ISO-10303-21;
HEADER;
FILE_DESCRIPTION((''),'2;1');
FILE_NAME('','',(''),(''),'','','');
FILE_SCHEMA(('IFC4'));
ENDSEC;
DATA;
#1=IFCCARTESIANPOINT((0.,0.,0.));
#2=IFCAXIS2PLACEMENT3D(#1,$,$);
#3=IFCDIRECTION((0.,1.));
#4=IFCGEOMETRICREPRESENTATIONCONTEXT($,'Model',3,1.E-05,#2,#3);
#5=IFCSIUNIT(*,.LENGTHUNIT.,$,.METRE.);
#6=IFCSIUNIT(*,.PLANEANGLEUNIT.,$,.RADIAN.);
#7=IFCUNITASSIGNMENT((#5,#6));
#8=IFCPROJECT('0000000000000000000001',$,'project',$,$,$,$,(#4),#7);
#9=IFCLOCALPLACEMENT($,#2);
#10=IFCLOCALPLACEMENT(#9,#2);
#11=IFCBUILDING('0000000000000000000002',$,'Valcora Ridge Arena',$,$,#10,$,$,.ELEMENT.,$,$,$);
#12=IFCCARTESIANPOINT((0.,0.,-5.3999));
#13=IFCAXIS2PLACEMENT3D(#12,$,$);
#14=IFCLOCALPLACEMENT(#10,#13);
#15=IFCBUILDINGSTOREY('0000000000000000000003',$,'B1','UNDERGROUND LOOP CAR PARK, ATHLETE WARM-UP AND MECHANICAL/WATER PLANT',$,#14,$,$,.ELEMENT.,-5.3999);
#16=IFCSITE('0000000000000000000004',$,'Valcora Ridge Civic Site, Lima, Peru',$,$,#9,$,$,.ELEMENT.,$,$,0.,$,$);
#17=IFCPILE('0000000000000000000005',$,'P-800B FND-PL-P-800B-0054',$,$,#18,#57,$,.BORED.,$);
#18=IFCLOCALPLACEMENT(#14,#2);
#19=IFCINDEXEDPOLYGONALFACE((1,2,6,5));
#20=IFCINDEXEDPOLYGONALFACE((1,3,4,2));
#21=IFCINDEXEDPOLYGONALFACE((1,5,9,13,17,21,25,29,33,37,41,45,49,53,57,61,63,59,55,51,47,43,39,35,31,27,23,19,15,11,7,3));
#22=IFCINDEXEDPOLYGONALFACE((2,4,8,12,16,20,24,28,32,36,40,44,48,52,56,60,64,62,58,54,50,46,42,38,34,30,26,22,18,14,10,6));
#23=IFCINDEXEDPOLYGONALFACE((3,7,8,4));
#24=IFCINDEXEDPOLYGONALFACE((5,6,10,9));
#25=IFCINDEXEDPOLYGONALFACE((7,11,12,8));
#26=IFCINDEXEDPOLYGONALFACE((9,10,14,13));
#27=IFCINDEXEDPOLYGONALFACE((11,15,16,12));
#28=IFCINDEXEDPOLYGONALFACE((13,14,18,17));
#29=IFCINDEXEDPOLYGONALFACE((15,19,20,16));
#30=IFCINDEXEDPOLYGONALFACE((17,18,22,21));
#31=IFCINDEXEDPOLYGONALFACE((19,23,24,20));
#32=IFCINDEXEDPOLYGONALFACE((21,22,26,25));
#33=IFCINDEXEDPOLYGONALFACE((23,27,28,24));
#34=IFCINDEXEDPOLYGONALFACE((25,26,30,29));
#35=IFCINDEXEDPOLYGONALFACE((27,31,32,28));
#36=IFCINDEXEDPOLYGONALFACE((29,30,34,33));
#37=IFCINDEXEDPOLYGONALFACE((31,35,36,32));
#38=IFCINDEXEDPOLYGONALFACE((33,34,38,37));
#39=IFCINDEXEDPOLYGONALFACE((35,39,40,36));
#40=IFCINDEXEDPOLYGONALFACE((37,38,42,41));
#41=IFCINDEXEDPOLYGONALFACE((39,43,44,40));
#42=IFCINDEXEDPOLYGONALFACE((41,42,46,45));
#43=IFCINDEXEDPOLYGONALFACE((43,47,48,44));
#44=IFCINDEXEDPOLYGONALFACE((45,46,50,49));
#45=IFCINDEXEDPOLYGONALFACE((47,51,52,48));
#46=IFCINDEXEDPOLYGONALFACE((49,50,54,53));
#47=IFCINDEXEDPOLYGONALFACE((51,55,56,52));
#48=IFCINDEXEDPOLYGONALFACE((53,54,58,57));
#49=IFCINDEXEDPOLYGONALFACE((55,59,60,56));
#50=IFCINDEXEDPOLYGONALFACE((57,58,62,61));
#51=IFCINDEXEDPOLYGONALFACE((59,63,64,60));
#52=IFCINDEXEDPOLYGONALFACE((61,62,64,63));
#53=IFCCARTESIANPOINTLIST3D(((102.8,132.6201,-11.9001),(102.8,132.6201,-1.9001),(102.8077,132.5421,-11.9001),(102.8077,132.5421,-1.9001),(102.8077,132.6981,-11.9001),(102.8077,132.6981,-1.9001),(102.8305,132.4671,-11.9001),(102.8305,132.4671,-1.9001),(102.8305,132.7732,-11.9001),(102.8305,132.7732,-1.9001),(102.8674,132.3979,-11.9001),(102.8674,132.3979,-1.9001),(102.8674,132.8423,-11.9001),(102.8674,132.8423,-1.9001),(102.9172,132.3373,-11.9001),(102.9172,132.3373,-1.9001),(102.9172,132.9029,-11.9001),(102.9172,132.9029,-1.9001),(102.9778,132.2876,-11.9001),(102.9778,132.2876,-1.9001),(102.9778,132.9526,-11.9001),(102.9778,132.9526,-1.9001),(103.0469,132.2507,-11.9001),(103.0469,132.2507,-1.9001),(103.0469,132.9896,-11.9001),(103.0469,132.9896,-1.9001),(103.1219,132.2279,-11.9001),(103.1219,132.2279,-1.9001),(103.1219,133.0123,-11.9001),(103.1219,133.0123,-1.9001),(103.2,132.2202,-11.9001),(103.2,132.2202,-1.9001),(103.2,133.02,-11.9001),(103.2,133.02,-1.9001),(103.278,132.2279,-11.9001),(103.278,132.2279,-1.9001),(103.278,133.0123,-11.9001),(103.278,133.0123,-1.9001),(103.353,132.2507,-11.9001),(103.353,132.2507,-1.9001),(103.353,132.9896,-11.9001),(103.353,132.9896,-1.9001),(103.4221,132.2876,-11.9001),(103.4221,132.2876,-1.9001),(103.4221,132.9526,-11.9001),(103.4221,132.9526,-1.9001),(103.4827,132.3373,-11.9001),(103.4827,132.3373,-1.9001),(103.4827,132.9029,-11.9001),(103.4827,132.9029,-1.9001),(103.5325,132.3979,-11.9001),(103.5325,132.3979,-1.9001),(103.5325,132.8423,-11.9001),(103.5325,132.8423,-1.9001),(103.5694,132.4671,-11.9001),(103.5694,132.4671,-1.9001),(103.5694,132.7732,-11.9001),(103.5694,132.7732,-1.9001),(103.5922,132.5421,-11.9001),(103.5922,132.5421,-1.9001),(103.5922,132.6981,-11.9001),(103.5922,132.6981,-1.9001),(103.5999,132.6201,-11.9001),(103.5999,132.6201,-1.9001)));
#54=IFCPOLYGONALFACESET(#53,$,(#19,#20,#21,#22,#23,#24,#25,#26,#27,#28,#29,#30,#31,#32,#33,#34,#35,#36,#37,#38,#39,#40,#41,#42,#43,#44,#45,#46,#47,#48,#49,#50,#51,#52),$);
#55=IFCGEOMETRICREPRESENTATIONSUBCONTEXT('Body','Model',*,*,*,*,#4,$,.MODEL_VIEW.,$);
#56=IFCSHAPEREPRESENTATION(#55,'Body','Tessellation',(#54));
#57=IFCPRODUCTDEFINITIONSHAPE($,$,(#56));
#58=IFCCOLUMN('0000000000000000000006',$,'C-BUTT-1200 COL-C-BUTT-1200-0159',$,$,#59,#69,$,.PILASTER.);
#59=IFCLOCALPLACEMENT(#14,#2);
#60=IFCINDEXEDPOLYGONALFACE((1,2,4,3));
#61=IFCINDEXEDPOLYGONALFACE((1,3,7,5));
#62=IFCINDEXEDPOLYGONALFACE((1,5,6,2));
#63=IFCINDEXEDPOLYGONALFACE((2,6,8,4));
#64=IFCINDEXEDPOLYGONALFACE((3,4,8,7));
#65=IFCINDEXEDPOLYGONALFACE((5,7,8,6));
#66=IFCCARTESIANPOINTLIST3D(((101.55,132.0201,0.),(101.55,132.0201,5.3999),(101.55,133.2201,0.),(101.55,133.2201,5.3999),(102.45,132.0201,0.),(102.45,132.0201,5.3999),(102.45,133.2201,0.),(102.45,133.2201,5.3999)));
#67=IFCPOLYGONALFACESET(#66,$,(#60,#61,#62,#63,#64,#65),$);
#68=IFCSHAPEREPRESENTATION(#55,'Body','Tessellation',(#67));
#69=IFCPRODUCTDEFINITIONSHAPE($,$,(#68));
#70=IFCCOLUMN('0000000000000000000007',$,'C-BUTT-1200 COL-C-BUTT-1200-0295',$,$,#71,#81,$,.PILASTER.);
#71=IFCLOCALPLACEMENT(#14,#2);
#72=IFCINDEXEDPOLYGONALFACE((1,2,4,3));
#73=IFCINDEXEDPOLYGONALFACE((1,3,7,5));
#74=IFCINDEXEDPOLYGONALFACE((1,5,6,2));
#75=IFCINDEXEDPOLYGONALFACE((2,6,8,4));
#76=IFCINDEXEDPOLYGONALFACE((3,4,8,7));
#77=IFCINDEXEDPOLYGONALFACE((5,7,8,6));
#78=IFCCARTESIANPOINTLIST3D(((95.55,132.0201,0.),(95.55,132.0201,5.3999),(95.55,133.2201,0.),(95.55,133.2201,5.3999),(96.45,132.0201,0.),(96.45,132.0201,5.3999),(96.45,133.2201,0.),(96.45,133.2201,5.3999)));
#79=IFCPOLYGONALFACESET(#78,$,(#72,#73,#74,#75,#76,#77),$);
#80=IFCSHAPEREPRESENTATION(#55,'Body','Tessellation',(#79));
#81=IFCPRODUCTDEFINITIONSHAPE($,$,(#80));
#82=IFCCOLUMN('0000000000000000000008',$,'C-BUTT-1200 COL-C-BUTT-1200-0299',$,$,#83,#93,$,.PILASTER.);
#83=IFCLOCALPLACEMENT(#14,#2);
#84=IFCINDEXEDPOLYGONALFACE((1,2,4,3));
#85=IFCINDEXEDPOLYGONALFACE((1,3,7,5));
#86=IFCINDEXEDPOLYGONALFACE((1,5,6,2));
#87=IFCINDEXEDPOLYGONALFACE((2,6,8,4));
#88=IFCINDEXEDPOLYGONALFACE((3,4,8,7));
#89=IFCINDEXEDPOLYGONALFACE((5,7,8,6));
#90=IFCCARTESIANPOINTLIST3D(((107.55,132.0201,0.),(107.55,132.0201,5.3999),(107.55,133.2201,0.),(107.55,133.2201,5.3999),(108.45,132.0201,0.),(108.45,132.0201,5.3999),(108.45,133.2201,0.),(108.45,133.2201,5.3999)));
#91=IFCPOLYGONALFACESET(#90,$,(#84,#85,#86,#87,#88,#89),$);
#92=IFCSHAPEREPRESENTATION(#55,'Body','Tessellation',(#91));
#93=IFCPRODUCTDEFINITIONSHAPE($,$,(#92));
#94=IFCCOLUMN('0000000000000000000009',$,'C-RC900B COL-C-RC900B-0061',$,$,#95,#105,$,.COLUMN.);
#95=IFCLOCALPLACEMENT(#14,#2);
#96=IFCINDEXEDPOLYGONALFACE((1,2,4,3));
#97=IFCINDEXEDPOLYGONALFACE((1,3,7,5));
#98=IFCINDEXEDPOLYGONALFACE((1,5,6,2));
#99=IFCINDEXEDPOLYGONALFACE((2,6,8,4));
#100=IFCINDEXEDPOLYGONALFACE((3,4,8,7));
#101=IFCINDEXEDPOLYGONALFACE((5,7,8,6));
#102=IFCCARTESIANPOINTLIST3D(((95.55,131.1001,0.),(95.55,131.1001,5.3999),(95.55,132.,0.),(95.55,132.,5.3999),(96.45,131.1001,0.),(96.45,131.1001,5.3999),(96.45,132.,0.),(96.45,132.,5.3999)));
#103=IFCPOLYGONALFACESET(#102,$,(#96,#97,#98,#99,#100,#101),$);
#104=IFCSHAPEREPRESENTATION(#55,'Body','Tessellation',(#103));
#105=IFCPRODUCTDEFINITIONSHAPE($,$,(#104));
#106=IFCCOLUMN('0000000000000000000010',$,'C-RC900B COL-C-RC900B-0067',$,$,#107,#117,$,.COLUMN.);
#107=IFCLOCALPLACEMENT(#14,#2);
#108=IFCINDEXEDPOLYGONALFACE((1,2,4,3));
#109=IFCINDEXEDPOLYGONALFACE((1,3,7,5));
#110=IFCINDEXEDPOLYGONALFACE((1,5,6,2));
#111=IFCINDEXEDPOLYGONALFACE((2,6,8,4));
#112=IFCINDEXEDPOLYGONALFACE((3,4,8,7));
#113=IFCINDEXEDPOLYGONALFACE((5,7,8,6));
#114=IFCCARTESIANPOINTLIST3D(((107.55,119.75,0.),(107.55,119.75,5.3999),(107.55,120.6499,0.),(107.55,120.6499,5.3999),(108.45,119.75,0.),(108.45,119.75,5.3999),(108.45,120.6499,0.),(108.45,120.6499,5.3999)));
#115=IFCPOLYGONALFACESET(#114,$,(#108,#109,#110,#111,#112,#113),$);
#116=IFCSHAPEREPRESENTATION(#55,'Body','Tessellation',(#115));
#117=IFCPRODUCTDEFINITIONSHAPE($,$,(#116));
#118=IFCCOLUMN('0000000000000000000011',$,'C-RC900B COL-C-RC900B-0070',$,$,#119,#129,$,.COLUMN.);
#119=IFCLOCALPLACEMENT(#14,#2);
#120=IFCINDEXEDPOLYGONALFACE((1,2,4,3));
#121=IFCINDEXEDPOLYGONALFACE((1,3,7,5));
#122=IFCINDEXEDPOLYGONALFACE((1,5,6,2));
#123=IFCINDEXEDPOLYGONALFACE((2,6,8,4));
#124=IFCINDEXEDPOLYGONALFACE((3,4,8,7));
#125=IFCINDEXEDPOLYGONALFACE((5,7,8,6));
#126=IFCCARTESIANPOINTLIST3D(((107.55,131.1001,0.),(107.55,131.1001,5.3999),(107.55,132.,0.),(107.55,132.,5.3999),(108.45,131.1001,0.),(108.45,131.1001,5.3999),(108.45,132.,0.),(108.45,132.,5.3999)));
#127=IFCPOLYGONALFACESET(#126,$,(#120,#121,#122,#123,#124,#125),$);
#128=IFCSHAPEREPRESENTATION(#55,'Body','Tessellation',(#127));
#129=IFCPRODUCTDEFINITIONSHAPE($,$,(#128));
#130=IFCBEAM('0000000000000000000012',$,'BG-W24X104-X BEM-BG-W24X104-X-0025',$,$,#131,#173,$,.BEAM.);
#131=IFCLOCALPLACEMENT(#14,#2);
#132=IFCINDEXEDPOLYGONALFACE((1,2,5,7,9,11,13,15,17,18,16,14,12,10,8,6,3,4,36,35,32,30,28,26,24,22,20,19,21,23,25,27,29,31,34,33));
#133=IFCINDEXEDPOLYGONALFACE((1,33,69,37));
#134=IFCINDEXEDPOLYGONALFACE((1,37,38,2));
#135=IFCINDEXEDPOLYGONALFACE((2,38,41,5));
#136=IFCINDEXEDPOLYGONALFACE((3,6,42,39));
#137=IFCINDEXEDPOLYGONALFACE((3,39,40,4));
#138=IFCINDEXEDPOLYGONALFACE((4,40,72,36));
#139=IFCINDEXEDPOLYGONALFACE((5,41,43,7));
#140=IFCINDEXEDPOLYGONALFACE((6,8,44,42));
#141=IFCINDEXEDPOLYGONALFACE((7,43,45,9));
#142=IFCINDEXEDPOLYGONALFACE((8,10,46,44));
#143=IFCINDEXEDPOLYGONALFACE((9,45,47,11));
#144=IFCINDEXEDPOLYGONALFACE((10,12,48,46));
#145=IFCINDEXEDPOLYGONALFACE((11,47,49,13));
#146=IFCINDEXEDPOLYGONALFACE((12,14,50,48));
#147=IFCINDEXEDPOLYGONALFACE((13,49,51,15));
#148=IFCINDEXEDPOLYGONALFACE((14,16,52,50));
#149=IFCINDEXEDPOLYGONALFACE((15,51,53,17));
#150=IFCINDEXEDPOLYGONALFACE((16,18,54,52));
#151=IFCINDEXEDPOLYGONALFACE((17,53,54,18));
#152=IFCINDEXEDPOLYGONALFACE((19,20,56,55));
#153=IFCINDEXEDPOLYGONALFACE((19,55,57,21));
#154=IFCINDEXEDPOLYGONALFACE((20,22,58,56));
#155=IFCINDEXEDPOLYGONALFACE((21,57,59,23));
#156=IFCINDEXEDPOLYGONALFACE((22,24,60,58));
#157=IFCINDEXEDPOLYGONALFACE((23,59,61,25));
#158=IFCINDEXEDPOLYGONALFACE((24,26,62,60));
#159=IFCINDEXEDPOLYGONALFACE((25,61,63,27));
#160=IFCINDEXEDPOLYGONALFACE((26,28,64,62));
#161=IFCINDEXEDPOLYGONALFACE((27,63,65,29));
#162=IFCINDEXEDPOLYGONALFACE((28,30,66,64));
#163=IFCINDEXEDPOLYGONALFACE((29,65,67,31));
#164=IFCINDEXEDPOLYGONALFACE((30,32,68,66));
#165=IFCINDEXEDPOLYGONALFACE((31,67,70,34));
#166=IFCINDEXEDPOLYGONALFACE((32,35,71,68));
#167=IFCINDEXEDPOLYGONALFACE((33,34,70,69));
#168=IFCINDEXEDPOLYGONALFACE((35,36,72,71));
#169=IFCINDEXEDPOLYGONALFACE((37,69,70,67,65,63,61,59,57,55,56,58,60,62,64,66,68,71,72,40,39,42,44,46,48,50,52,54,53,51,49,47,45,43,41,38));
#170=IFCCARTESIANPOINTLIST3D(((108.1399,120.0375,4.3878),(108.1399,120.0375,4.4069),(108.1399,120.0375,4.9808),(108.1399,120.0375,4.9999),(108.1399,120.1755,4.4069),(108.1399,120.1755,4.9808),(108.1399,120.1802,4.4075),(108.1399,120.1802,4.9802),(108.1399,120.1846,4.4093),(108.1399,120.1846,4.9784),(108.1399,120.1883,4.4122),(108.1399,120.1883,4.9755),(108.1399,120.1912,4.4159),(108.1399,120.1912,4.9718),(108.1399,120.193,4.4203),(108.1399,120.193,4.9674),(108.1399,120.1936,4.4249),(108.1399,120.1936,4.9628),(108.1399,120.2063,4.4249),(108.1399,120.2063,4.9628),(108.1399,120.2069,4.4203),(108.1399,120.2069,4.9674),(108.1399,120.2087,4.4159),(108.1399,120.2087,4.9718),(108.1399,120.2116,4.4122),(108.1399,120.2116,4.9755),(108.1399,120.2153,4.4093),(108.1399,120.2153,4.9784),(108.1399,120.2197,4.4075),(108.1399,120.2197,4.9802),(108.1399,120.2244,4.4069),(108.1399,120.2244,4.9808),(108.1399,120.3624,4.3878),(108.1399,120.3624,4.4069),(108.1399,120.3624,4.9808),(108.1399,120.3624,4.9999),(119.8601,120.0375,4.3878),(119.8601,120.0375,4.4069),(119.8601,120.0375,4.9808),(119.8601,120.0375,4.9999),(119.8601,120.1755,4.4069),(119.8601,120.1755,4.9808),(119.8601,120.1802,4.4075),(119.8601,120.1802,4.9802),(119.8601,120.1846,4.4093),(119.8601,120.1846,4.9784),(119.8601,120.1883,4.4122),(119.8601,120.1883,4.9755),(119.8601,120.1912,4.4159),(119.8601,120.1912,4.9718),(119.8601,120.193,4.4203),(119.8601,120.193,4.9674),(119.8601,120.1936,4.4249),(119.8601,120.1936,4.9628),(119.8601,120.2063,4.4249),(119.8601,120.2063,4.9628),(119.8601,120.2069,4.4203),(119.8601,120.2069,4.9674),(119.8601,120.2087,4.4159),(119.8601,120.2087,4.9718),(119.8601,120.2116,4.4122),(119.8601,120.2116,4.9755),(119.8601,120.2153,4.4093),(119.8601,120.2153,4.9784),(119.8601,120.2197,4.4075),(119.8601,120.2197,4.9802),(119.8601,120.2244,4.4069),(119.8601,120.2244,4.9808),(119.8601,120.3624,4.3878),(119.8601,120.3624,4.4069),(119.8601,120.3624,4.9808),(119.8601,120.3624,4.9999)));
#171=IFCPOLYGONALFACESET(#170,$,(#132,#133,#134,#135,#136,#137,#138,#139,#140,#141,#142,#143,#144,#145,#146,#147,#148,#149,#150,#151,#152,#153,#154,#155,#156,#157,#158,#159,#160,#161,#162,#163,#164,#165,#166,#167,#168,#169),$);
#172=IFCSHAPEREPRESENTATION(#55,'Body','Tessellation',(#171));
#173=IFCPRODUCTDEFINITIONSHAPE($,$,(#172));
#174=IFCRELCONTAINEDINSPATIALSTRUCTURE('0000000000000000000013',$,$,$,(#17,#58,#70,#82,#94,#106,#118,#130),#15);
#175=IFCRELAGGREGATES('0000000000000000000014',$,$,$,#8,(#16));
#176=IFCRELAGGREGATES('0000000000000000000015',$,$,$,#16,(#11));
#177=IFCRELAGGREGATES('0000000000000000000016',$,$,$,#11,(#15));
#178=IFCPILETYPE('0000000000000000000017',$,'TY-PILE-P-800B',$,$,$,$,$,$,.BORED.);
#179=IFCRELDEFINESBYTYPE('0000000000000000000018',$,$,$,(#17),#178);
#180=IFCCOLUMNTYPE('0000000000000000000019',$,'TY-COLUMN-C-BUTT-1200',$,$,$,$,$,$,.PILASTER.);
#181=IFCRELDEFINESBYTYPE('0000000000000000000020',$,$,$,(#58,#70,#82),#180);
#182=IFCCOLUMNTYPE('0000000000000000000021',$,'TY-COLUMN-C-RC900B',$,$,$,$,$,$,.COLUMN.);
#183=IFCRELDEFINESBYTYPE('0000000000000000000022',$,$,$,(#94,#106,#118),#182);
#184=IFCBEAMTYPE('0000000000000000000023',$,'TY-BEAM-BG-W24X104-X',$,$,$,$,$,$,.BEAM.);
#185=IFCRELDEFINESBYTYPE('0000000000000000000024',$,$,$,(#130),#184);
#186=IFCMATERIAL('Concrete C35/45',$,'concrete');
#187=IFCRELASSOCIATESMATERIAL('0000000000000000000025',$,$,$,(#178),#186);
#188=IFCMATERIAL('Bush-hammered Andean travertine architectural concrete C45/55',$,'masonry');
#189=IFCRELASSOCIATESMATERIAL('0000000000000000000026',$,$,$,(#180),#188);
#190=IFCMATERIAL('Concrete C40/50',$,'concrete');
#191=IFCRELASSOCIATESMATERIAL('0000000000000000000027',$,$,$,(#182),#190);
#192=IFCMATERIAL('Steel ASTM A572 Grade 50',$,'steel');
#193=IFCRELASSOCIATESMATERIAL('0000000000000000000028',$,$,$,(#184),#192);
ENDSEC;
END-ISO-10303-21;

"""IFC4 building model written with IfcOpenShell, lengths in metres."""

from ifc_helpers import new_model, si_unit, direction, frame, origin, origin_2d, place, context, subcontext, project, spatial, rectangle, circle, i_section, extrude, material, material_profile, profile_set, type_object, element, save


model = new_model("IFC4")

# Units and contexts
model_context = context("Model", 3, precision=1e-05, world=origin(), true_north=direction((0.0, 1.0)))
body_context = subcontext(model_context, "Body", "Model", "MODEL_VIEW")
ifc_project = project(units=[si_unit("LENGTHUNIT", "METRE"), si_unit("PLANEANGLEUNIT", "RADIAN")], contexts=[model_context])

# Site, building, storey
site_placement = place(None, origin())
site = spatial("IfcSite", under=ifc_project, at=site_placement, Name="Valcora Ridge Civic Site, Lima, Peru", CompositionType="ELEMENT", RefElevation=0.0)
building_placement = place(site_placement, origin())
building = spatial("IfcBuilding", under=site, at=building_placement, Name="Valcora Ridge Arena", CompositionType="ELEMENT")
storey_placement = place(building_placement, frame((0.0, 0.0, -5.3999)))
storey = spatial("IfcBuildingStorey", under=building, at=storey_placement, Name="B1", Description="UNDERGROUND LOOP CAR PARK, ATHLETE WARM-UP AND MECHANICAL/WATER PLANT", CompositionType="ELEMENT", Elevation=-5.3999)

# Shared definitions
ifc_material_1 = material(Name="Concrete C40/50", Category="concrete")

# Pile
ifc_material_2 = material(Name="Concrete C35/45", Category="concrete")
ifc_material_profile_1 = material_profile(ifc_material_2, circle(Radius=0.3999, at=origin_2d()), Name="BORED PILE D800")
ifc_profile_set_1 = profile_set([ifc_material_profile_1], Name="Concrete C35/45")
pile_type_1 = type_object("IfcPileType", Name="TY-PILE-P-800B", PredefinedType="BORED", material=ifc_profile_set_1)
for number, where, z_axis, x_axis, name in (
    (1, (103.2, 132.6201, -1.9001), (0.0, 0.0, -1.0), (1.0, 0.0, 0.0), "P-800B FND-PL-P-800B-0054"),
):
    element("IfcPile", number, at=place(storey_placement, frame(where, z_axis=z_axis, x_axis=x_axis)), inside=storey, type_object=pile_type_1, Name=name, PredefinedType="BORED", context=body_context, shape_type="SweptSolid", body=[
        extrude(circle(Radius=0.3999, at=origin_2d()), origin(), (0.0, 0.0, 1.0), 10.0),
    ])

# Columns
ifc_material_3 = material(Name="Bush-hammered Andean travertine architectural concrete C45/55", Category="masonry")
ifc_material_profile_2 = material_profile(ifc_material_3, rectangle(XDim=0.8999, YDim=1.2, at=origin_2d()), Name="RC 900x1200")
ifc_profile_set_2 = profile_set([ifc_material_profile_2], Name="Bush-hammered Andean travertine architectural concrete C45/55")
column_type_1 = type_object("IfcColumnType", Name="TY-COLUMN-C-BUTT-1200", PredefinedType="PILASTER", material=ifc_profile_set_2)
for number, where, z_axis, x_axis, name in (
    (2, (102.0, 132.6201, 0.0), (0.0, 0.0, 1.0), (1.0, 0.0, 0.0), "C-BUTT-1200 COL-C-BUTT-1200-0159"),
    (3, (96.0, 132.6201, 0.0), (0.0, 0.0, 1.0), (1.0, 0.0, 0.0), "C-BUTT-1200 COL-C-BUTT-1200-0295"),
    (4, (108.0, 132.6201, 0.0), (0.0, 0.0, 1.0), (1.0, 0.0, 0.0), "C-BUTT-1200 COL-C-BUTT-1200-0299"),
):
    element("IfcColumn", number, at=place(storey_placement, frame(where, z_axis=z_axis, x_axis=x_axis)), inside=storey, type_object=column_type_1, Name=name, PredefinedType="PILASTER", context=body_context, shape_type="SweptSolid", body=[
        extrude(rectangle(XDim=0.8999, YDim=1.2, at=origin_2d()), origin(), (0.0, 0.0, 1.0), 5.3999),
    ])
ifc_material_profile_3 = material_profile(ifc_material_1, rectangle(XDim=0.8999, YDim=0.8999, at=origin_2d()), Name="RC 900x900")
ifc_profile_set_3 = profile_set([ifc_material_profile_3], Name="Concrete C40/50")
column_type_2 = type_object("IfcColumnType", Name="TY-COLUMN-C-RC900B", PredefinedType="COLUMN", material=ifc_profile_set_3)
for number, where, z_axis, x_axis, name in (
    (5, (96.0, 131.55, 0.0), (0.0, 0.0, 1.0), (1.0, 0.0, 0.0), "C-RC900B COL-C-RC900B-0061"),
    (6, (108.0, 120.2, 0.0), (0.0, 0.0, 1.0), (1.0, 0.0, 0.0), "C-RC900B COL-C-RC900B-0067"),
    (7, (108.0, 131.55, 0.0), (0.0, 0.0, 1.0), (1.0, 0.0, 0.0), "C-RC900B COL-C-RC900B-0070"),
):
    element("IfcColumn", number, at=place(storey_placement, frame(where, z_axis=z_axis, x_axis=x_axis)), inside=storey, type_object=column_type_2, Name=name, PredefinedType="COLUMN", context=body_context, shape_type="SweptSolid", body=[
        extrude(rectangle(XDim=0.8999, YDim=0.8999, at=origin_2d()), origin(), (0.0, 0.0, 1.0), 5.3999),
    ])

# Beam
ifc_material_4 = material(Name="Steel ASTM A572 Grade 50", Category="steel")
ifc_material_profile_4 = material_profile(ifc_material_4, i_section(OverallWidth=0.325, OverallDepth=0.6121, WebThickness=0.0127, FlangeThickness=0.019, FilletRadius=0.0181, at=origin_2d()), Name="W24X104")
ifc_profile_set_4 = profile_set([ifc_material_profile_4], Name="Steel ASTM A572 Grade 50")
beam_type_1 = type_object("IfcBeamType", Name="TY-BEAM-BG-W24X104-X", PredefinedType="BEAM", material=ifc_profile_set_4)
beam_placement = place(storey_placement, frame((108.1399, 120.2, 4.6938), z_axis=(1.0, 0.0, 0.0), x_axis=(0.0, 1.0, 0.0)))
element("IfcBeam", 8, at=beam_placement, inside=storey, type_object=beam_type_1, Name="BG-W24X104-X BEM-BG-W24X104-X-0025", PredefinedType="BEAM", context=body_context, shape_type="SweptSolid", body=[
    extrude(i_section(OverallWidth=0.325, OverallDepth=0.6121, WebThickness=0.0127, FlangeThickness=0.019, FilletRadius=0.0181, at=origin_2d()), origin(), (0.0, 0.0, 1.0), 11.7202),
])

save(model, "model.ifc")
